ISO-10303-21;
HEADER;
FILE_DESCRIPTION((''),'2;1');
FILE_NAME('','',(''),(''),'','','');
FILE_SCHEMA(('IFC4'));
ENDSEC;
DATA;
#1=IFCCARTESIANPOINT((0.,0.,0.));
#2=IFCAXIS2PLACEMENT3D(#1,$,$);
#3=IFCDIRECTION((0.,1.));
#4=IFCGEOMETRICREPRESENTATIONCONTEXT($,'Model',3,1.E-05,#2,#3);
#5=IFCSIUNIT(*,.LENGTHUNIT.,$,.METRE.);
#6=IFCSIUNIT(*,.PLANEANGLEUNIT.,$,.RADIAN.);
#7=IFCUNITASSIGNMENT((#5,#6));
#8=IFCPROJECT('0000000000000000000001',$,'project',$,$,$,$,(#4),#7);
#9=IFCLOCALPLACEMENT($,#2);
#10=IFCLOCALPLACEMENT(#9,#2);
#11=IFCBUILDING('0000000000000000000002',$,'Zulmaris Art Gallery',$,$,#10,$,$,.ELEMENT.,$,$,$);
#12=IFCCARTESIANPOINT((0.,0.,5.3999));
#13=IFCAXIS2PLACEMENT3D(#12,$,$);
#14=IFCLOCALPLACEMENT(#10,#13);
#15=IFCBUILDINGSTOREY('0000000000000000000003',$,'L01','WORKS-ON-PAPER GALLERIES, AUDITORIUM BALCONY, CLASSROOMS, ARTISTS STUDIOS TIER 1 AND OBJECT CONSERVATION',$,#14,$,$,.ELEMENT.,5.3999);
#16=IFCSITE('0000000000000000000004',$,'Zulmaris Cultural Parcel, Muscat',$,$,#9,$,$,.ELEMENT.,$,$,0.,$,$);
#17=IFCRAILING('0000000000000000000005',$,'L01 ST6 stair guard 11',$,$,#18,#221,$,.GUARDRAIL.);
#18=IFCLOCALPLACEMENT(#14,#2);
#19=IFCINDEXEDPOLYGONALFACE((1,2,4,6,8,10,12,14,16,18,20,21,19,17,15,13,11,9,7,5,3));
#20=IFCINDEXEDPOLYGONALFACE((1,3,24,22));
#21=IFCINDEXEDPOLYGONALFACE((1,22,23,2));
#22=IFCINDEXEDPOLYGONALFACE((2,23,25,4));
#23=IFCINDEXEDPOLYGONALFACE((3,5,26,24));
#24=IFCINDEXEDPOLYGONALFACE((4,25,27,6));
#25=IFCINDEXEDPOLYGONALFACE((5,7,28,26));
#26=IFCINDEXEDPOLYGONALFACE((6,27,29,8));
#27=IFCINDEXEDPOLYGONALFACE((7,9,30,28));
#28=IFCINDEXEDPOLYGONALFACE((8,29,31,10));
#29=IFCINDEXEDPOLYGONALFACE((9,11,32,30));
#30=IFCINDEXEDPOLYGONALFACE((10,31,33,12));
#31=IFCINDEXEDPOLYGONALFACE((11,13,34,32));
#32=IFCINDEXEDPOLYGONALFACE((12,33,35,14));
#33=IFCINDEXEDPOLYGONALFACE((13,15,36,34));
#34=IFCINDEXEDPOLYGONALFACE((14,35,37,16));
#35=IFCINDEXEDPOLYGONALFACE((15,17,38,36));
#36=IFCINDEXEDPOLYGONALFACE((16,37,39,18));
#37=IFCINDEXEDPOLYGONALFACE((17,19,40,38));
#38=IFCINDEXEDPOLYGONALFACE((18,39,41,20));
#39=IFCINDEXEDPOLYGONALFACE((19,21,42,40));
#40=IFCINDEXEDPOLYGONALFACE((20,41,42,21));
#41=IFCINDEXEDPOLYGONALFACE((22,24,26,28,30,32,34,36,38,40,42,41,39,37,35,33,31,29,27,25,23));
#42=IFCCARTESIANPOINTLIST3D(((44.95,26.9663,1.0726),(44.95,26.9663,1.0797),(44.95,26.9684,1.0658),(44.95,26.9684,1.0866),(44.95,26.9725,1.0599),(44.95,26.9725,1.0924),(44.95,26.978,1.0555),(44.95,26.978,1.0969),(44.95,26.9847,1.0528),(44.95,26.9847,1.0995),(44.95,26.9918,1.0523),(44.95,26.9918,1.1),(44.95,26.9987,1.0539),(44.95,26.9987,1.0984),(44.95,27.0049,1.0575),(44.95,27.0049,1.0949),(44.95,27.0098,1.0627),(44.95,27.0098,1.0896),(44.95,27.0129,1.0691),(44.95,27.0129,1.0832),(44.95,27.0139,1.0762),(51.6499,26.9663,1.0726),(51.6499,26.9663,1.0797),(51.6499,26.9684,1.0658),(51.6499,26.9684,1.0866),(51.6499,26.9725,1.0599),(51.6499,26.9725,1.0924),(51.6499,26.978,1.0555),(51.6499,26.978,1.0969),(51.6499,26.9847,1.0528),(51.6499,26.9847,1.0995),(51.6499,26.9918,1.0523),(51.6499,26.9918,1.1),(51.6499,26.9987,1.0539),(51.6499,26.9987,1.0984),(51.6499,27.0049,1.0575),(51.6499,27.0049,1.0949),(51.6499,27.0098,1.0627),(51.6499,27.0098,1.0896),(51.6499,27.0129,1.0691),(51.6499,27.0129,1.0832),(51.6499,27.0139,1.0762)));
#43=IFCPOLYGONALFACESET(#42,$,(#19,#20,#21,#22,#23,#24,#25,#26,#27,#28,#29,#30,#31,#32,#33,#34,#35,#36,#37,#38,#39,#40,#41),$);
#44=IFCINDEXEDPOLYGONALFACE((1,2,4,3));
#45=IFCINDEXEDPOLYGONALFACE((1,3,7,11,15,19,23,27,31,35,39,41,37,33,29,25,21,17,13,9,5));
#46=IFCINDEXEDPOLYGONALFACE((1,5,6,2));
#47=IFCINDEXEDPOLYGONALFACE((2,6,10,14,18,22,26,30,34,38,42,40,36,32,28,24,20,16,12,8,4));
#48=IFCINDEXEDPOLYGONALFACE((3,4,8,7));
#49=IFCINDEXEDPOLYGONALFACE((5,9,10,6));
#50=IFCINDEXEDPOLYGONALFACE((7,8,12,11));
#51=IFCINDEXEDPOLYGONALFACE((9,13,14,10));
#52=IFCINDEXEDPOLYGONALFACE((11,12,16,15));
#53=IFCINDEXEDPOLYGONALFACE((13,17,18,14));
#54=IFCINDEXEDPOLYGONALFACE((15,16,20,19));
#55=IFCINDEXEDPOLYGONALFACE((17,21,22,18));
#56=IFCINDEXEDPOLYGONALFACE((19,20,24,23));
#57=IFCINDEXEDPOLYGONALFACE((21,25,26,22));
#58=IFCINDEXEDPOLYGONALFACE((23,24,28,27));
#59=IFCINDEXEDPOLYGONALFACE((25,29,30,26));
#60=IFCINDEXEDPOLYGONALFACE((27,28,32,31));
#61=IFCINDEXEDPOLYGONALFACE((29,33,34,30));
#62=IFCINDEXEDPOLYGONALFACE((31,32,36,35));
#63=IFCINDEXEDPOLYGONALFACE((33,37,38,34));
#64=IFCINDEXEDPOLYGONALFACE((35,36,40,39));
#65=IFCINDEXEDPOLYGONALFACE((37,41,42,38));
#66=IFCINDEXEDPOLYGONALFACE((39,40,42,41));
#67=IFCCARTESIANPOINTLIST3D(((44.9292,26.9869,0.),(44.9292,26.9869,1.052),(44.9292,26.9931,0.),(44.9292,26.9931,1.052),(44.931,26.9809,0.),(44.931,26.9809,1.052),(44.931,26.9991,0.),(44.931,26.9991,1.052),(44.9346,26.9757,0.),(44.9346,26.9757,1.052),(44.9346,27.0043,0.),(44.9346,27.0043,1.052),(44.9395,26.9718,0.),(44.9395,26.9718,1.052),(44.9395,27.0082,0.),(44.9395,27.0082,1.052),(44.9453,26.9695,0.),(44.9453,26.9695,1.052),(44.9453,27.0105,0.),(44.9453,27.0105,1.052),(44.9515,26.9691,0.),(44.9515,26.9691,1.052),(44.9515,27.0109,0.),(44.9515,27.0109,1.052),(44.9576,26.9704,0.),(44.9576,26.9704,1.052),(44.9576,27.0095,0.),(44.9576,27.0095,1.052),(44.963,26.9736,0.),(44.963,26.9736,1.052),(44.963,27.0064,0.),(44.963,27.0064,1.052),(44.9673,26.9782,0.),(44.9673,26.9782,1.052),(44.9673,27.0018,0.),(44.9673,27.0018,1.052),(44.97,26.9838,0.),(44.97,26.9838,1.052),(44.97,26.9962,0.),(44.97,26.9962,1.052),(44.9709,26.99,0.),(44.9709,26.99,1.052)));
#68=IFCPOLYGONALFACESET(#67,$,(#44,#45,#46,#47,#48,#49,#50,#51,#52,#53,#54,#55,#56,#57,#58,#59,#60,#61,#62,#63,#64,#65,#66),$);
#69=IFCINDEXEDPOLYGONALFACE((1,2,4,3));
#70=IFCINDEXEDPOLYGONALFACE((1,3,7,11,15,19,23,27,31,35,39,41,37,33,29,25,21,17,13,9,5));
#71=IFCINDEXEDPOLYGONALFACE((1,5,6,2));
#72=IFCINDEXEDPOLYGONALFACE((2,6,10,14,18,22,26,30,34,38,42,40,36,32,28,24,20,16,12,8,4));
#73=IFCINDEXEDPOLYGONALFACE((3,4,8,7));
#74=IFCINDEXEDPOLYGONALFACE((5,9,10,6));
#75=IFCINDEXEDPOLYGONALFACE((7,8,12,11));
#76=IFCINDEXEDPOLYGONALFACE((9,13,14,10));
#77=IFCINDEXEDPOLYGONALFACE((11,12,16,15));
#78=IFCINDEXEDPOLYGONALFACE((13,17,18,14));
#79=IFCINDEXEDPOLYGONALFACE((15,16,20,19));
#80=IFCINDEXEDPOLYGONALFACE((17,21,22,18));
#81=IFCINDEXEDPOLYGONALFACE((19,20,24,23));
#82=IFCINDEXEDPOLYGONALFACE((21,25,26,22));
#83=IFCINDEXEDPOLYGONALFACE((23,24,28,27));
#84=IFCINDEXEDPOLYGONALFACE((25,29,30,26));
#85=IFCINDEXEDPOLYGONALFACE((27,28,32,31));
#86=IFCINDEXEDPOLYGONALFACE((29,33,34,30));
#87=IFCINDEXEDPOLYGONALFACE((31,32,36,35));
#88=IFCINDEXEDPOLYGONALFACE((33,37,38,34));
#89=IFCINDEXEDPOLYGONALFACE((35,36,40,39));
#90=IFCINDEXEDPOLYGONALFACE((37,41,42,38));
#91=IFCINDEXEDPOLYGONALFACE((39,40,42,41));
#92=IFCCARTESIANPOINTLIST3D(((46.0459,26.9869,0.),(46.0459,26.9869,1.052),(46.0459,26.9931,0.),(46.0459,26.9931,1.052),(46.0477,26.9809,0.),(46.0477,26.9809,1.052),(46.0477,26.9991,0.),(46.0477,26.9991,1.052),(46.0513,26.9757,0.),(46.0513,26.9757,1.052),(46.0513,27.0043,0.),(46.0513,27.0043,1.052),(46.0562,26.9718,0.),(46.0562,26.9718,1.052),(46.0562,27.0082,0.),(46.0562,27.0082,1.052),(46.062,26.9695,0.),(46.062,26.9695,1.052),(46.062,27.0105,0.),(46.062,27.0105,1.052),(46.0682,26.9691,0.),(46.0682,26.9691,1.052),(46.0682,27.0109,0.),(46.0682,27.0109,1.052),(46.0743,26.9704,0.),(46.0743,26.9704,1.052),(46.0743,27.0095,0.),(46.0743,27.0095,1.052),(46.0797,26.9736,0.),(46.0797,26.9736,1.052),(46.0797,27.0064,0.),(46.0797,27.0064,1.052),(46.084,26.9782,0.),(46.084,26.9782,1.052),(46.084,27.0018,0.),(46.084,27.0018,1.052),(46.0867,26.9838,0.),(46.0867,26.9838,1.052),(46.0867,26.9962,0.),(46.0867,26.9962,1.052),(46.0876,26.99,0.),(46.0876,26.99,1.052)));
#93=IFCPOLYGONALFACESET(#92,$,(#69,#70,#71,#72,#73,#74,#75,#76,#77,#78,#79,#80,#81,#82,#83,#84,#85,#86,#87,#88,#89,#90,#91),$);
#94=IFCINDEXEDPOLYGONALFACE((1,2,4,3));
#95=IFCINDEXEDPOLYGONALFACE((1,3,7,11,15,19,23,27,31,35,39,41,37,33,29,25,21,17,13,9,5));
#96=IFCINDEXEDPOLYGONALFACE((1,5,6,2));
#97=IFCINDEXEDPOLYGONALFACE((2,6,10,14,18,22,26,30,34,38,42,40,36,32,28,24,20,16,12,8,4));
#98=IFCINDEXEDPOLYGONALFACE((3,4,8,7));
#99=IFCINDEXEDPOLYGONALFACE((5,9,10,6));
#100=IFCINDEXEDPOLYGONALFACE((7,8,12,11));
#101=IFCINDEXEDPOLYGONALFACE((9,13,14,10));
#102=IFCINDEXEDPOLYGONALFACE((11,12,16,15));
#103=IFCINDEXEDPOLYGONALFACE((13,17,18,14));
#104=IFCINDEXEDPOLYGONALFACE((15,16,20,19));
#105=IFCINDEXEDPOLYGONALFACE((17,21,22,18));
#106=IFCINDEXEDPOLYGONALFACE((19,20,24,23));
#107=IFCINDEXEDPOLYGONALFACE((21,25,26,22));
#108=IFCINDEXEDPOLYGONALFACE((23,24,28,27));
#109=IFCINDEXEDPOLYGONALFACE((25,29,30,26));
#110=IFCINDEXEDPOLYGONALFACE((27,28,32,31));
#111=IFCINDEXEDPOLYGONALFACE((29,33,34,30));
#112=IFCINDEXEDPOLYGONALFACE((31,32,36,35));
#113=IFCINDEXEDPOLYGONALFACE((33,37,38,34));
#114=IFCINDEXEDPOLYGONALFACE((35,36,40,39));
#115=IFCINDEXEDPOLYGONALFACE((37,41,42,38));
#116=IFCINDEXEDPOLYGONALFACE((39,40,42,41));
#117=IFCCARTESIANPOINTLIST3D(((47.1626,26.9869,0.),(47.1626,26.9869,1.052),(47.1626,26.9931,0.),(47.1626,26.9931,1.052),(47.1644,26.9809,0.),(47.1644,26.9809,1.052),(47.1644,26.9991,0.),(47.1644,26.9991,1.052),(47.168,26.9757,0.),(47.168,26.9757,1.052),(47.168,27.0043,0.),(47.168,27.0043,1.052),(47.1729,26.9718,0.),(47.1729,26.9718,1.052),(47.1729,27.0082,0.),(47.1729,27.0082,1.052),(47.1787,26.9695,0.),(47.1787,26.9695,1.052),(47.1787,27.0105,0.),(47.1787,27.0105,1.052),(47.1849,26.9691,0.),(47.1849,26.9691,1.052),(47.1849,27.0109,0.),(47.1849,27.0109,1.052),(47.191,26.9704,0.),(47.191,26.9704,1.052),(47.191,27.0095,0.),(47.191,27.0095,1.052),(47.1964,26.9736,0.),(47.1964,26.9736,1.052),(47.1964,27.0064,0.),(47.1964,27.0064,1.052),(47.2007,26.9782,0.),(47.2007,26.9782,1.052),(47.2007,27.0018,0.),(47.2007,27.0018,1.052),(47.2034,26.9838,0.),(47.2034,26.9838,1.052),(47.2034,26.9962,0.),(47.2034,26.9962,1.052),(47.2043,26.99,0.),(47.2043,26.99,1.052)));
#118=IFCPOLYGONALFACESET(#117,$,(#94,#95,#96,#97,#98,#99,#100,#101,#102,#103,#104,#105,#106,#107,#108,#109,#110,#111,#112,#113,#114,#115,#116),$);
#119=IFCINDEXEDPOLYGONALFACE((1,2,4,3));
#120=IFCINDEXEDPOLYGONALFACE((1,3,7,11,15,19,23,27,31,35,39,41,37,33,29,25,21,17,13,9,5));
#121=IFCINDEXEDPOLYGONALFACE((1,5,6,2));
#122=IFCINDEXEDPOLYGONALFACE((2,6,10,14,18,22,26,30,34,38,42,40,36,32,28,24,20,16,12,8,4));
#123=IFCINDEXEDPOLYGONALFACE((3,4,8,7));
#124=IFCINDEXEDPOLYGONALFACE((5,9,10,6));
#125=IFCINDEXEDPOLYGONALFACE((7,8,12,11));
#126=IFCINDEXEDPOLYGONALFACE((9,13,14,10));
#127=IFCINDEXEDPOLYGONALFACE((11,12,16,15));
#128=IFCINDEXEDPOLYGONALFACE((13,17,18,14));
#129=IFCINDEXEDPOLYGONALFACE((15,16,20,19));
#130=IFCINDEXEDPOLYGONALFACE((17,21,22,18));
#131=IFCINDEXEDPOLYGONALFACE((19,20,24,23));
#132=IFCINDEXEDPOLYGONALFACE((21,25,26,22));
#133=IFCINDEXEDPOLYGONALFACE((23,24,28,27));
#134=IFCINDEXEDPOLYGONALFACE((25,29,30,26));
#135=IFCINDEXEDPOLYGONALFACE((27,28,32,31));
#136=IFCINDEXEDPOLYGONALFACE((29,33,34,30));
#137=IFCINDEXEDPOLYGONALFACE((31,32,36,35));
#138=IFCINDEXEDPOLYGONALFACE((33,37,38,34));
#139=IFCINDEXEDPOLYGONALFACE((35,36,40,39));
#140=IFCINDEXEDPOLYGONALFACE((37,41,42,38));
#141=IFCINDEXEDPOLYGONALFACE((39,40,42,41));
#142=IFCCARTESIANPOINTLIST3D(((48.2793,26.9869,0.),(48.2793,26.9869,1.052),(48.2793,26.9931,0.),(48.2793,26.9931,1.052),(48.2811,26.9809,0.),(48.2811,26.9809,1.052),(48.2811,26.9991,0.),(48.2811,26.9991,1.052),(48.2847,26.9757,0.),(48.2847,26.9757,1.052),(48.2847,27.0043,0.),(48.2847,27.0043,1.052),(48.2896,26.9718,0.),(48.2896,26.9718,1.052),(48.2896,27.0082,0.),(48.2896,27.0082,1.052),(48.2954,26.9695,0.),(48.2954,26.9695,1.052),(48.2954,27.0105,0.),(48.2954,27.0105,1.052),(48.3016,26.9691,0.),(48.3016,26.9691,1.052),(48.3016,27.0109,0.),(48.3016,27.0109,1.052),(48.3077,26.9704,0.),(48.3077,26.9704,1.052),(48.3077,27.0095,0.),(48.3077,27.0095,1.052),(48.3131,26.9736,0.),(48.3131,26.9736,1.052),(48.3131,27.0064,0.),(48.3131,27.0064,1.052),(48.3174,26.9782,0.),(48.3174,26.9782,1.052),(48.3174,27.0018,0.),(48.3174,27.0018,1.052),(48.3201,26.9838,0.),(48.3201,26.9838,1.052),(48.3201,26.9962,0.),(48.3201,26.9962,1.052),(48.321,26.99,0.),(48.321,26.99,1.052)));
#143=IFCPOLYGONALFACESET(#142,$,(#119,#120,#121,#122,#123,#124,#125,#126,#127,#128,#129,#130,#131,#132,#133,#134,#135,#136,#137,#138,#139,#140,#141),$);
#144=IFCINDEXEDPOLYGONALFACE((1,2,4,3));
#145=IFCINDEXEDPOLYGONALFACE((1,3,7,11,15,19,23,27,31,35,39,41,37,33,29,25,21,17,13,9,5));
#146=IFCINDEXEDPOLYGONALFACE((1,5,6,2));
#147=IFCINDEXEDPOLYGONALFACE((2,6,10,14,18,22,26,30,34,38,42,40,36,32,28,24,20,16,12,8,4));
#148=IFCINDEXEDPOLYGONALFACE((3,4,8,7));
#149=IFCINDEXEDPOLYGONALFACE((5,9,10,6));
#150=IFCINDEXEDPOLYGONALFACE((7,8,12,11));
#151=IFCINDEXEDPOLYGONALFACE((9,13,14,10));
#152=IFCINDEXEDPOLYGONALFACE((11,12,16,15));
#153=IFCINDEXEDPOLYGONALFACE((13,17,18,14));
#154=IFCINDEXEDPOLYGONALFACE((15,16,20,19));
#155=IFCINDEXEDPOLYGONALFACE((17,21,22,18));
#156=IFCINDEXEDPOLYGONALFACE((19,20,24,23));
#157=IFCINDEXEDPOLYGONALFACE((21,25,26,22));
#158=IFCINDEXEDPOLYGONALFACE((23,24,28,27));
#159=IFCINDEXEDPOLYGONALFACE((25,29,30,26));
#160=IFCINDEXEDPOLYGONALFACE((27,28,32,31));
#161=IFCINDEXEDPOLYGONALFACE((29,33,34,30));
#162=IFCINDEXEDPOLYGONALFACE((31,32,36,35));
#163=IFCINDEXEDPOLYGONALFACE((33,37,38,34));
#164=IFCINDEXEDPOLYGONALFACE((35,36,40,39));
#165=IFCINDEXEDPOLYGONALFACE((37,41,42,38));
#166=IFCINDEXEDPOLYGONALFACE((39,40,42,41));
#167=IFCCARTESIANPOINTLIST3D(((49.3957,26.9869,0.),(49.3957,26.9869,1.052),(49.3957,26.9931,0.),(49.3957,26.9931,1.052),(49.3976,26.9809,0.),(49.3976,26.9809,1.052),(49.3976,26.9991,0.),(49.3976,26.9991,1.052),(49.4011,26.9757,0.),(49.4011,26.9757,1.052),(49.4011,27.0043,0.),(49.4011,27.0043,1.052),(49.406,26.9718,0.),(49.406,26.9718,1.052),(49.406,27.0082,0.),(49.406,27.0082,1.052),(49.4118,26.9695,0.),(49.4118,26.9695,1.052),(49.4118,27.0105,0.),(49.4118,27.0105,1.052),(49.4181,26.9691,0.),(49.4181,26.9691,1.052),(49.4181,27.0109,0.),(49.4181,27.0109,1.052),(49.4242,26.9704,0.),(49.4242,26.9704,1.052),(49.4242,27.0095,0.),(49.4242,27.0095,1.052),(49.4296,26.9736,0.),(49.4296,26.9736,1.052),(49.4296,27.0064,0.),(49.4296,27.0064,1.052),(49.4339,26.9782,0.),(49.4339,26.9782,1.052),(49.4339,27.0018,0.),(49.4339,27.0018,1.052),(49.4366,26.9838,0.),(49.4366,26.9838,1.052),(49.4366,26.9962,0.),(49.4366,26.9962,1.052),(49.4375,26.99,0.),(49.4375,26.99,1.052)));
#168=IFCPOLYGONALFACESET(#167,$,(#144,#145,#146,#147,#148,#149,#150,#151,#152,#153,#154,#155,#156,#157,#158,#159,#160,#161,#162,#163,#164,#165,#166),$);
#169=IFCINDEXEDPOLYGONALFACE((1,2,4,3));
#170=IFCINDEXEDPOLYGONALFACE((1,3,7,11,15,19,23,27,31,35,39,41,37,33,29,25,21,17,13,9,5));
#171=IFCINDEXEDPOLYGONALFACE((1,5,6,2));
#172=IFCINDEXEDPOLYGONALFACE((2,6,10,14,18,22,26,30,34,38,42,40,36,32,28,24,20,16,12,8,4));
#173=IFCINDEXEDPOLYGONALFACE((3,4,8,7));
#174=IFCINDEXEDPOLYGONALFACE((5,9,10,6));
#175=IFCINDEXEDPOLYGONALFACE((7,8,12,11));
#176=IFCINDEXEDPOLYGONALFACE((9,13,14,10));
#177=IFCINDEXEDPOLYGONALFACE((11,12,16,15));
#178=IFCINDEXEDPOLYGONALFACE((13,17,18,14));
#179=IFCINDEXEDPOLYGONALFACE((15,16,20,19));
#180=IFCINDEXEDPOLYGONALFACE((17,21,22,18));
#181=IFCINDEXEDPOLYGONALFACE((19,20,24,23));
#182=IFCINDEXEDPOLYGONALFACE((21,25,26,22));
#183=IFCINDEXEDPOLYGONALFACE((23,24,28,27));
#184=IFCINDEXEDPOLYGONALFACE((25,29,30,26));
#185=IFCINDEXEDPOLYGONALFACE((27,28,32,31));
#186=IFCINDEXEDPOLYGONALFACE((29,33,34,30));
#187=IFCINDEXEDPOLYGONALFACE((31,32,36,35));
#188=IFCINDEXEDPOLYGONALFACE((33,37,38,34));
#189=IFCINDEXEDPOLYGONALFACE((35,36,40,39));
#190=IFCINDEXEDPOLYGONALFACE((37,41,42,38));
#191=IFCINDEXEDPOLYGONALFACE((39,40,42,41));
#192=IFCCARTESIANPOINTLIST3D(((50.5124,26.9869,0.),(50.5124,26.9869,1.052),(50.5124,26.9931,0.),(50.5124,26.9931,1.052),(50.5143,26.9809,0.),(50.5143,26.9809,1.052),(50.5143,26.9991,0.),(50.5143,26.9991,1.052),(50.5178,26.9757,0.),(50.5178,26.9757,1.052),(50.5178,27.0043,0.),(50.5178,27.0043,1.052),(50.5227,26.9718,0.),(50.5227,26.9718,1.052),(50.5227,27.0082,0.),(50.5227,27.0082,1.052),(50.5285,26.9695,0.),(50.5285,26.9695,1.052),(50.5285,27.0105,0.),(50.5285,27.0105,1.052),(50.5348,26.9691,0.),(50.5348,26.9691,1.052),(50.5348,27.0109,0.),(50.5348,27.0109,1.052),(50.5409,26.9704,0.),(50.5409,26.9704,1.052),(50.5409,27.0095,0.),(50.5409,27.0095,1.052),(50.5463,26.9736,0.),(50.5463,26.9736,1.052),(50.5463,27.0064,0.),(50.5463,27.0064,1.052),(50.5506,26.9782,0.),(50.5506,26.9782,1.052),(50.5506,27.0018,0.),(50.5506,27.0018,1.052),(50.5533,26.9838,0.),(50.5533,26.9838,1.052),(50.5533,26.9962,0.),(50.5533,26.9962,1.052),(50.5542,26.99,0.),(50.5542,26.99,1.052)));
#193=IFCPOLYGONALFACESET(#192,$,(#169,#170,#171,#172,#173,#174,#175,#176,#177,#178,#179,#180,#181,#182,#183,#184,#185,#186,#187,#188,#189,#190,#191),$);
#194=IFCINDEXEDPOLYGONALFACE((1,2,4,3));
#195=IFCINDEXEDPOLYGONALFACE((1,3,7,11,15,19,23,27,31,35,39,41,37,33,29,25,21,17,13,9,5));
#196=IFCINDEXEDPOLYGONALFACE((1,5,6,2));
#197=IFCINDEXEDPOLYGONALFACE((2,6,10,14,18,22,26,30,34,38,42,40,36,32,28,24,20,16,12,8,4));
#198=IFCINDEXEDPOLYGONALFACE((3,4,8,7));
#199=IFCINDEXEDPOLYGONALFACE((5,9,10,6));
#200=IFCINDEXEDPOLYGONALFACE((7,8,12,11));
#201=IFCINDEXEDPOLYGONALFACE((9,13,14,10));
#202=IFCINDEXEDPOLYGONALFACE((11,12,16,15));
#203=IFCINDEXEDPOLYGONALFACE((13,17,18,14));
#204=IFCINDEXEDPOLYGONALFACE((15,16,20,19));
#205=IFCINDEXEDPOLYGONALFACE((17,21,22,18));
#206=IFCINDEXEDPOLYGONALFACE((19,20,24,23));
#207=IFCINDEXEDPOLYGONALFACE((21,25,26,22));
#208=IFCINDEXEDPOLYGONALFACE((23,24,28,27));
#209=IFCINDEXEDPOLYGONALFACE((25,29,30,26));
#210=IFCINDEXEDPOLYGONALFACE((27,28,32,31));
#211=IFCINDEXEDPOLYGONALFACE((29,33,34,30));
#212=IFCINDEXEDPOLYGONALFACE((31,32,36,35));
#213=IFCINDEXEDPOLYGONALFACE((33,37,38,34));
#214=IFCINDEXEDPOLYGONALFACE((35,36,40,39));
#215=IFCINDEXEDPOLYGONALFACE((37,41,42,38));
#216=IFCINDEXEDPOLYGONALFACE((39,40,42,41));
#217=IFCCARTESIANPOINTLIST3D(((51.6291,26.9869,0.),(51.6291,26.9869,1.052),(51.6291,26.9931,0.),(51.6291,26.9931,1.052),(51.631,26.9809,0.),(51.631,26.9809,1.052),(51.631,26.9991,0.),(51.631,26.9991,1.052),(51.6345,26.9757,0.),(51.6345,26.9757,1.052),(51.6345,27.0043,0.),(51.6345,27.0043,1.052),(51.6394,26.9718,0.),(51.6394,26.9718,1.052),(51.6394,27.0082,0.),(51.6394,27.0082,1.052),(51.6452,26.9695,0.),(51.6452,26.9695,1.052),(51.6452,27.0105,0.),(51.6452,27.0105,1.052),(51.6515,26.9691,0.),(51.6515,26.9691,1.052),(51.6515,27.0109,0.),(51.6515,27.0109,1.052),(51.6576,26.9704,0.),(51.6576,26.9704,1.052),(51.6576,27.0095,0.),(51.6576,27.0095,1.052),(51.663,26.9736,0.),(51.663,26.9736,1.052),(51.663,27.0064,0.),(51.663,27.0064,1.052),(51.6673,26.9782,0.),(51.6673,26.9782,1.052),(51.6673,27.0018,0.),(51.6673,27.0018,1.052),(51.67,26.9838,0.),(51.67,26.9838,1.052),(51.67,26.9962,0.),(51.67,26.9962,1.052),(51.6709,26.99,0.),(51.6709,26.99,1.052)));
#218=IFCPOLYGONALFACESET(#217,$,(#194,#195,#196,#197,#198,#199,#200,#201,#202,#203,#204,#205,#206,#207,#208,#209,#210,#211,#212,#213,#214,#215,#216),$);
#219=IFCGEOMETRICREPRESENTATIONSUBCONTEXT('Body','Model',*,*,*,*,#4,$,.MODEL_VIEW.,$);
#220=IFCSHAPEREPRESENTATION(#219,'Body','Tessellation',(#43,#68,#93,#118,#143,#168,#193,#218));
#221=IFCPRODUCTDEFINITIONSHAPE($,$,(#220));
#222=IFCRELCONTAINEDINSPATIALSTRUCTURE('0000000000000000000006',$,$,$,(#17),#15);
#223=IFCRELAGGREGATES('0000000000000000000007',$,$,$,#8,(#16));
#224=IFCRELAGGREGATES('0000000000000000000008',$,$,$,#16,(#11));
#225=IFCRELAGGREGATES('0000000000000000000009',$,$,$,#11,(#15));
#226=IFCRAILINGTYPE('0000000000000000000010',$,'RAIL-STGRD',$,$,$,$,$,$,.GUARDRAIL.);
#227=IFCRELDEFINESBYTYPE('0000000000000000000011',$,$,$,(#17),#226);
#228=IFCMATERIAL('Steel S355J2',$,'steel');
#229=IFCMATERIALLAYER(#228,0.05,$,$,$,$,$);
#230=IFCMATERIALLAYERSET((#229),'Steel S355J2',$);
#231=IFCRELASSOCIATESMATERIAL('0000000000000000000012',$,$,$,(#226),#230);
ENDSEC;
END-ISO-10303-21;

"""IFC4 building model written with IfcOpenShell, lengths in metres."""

from ifc_helpers import new_model, si_unit, direction, frame, origin, origin_2d, place, context, subcontext, project, spatial, circle, extrude, material, layer, layer_set, type_object, element, save


model = new_model("IFC4")

# Units and contexts
model_context = context("Model", 3, precision=1e-05, world=origin(), true_north=direction((0.0, 1.0)))
body_context = subcontext(model_context, "Body", "Model", "MODEL_VIEW")
ifc_project = project(units=[si_unit("LENGTHUNIT", "METRE"), si_unit("PLANEANGLEUNIT", "RADIAN")], contexts=[model_context])

# Site, building, storey
site_placement = place(None, origin())
site = spatial("IfcSite", under=ifc_project, at=site_placement, Name="Zulmaris Cultural Parcel, Muscat", CompositionType="ELEMENT", RefElevation=0.0)
building_placement = place(site_placement, origin())
building = spatial("IfcBuilding", under=site, at=building_placement, Name="Zulmaris Art Gallery", CompositionType="ELEMENT")
storey_placement = place(building_placement, frame((0.0, 0.0, 5.3999)))
storey = spatial("IfcBuildingStorey", under=building, at=storey_placement, Name="L01", Description="WORKS-ON-PAPER GALLERIES, AUDITORIUM BALCONY, CLASSROOMS, ARTISTS STUDIOS TIER 1 AND OBJECT CONSERVATION", CompositionType="ELEMENT", Elevation=5.3999)

# Shared definitions
ifc_material_1 = material(Name="Steel S355J2", Category="steel")

# Railing
ifc_layer_1 = layer(ifc_material_1, 0.05)
ifc_layer_set_1 = layer_set([ifc_layer_1], Name="Steel S355J2")
railing_type_1 = type_object("IfcRailingType", Name="RAIL-STGRD", PredefinedType="GUARDRAIL", material=ifc_layer_set_1)
railing_1_placement = place(storey_placement, frame((44.95, 26.99, 0.0)))
element("IfcRailing", 1, at=railing_1_placement, inside=storey, type_object=railing_type_1, Name="L01 ST6 stair guard 11", PredefinedType="GUARDRAIL", context=body_context, shape_type="SweptSolid", body=[
    extrude(circle(Radius=0.0239, at=origin_2d()), frame((0.0, 0.0, 1.0762), z_axis=(1.0, 0.0, 0.0), x_axis=(0.0, 1.0, 0.0)), (0.0, 0.0, 1.0), 6.7),
    extrude(circle(Radius=0.021, at=origin_2d()), origin(), (0.0, 0.0, 1.0), 1.052),
    extrude(circle(Radius=0.021, at=origin_2d()), frame((1.1167, 0.0, 0.0)), (0.0, 0.0, 1.0), 1.052),
    extrude(circle(Radius=0.021, at=origin_2d()), frame((2.2334, 0.0, 0.0)), (0.0, 0.0, 1.0), 1.052),
    extrude(circle(Radius=0.021, at=origin_2d()), frame((3.3501, 0.0, 0.0)), (0.0, 0.0, 1.0), 1.052),
    extrude(circle(Radius=0.021, at=origin_2d()), frame((4.4666, 0.0, 0.0)), (0.0, 0.0, 1.0), 1.052),
    extrude(circle(Radius=0.021, at=origin_2d()), frame((5.5833, 0.0, 0.0)), (0.0, 0.0, 1.0), 1.052),
    extrude(circle(Radius=0.021, at=origin_2d()), frame((6.7, 0.0, 0.0)), (0.0, 0.0, 1.0), 1.052),
])

save(model, "model.ifc")
